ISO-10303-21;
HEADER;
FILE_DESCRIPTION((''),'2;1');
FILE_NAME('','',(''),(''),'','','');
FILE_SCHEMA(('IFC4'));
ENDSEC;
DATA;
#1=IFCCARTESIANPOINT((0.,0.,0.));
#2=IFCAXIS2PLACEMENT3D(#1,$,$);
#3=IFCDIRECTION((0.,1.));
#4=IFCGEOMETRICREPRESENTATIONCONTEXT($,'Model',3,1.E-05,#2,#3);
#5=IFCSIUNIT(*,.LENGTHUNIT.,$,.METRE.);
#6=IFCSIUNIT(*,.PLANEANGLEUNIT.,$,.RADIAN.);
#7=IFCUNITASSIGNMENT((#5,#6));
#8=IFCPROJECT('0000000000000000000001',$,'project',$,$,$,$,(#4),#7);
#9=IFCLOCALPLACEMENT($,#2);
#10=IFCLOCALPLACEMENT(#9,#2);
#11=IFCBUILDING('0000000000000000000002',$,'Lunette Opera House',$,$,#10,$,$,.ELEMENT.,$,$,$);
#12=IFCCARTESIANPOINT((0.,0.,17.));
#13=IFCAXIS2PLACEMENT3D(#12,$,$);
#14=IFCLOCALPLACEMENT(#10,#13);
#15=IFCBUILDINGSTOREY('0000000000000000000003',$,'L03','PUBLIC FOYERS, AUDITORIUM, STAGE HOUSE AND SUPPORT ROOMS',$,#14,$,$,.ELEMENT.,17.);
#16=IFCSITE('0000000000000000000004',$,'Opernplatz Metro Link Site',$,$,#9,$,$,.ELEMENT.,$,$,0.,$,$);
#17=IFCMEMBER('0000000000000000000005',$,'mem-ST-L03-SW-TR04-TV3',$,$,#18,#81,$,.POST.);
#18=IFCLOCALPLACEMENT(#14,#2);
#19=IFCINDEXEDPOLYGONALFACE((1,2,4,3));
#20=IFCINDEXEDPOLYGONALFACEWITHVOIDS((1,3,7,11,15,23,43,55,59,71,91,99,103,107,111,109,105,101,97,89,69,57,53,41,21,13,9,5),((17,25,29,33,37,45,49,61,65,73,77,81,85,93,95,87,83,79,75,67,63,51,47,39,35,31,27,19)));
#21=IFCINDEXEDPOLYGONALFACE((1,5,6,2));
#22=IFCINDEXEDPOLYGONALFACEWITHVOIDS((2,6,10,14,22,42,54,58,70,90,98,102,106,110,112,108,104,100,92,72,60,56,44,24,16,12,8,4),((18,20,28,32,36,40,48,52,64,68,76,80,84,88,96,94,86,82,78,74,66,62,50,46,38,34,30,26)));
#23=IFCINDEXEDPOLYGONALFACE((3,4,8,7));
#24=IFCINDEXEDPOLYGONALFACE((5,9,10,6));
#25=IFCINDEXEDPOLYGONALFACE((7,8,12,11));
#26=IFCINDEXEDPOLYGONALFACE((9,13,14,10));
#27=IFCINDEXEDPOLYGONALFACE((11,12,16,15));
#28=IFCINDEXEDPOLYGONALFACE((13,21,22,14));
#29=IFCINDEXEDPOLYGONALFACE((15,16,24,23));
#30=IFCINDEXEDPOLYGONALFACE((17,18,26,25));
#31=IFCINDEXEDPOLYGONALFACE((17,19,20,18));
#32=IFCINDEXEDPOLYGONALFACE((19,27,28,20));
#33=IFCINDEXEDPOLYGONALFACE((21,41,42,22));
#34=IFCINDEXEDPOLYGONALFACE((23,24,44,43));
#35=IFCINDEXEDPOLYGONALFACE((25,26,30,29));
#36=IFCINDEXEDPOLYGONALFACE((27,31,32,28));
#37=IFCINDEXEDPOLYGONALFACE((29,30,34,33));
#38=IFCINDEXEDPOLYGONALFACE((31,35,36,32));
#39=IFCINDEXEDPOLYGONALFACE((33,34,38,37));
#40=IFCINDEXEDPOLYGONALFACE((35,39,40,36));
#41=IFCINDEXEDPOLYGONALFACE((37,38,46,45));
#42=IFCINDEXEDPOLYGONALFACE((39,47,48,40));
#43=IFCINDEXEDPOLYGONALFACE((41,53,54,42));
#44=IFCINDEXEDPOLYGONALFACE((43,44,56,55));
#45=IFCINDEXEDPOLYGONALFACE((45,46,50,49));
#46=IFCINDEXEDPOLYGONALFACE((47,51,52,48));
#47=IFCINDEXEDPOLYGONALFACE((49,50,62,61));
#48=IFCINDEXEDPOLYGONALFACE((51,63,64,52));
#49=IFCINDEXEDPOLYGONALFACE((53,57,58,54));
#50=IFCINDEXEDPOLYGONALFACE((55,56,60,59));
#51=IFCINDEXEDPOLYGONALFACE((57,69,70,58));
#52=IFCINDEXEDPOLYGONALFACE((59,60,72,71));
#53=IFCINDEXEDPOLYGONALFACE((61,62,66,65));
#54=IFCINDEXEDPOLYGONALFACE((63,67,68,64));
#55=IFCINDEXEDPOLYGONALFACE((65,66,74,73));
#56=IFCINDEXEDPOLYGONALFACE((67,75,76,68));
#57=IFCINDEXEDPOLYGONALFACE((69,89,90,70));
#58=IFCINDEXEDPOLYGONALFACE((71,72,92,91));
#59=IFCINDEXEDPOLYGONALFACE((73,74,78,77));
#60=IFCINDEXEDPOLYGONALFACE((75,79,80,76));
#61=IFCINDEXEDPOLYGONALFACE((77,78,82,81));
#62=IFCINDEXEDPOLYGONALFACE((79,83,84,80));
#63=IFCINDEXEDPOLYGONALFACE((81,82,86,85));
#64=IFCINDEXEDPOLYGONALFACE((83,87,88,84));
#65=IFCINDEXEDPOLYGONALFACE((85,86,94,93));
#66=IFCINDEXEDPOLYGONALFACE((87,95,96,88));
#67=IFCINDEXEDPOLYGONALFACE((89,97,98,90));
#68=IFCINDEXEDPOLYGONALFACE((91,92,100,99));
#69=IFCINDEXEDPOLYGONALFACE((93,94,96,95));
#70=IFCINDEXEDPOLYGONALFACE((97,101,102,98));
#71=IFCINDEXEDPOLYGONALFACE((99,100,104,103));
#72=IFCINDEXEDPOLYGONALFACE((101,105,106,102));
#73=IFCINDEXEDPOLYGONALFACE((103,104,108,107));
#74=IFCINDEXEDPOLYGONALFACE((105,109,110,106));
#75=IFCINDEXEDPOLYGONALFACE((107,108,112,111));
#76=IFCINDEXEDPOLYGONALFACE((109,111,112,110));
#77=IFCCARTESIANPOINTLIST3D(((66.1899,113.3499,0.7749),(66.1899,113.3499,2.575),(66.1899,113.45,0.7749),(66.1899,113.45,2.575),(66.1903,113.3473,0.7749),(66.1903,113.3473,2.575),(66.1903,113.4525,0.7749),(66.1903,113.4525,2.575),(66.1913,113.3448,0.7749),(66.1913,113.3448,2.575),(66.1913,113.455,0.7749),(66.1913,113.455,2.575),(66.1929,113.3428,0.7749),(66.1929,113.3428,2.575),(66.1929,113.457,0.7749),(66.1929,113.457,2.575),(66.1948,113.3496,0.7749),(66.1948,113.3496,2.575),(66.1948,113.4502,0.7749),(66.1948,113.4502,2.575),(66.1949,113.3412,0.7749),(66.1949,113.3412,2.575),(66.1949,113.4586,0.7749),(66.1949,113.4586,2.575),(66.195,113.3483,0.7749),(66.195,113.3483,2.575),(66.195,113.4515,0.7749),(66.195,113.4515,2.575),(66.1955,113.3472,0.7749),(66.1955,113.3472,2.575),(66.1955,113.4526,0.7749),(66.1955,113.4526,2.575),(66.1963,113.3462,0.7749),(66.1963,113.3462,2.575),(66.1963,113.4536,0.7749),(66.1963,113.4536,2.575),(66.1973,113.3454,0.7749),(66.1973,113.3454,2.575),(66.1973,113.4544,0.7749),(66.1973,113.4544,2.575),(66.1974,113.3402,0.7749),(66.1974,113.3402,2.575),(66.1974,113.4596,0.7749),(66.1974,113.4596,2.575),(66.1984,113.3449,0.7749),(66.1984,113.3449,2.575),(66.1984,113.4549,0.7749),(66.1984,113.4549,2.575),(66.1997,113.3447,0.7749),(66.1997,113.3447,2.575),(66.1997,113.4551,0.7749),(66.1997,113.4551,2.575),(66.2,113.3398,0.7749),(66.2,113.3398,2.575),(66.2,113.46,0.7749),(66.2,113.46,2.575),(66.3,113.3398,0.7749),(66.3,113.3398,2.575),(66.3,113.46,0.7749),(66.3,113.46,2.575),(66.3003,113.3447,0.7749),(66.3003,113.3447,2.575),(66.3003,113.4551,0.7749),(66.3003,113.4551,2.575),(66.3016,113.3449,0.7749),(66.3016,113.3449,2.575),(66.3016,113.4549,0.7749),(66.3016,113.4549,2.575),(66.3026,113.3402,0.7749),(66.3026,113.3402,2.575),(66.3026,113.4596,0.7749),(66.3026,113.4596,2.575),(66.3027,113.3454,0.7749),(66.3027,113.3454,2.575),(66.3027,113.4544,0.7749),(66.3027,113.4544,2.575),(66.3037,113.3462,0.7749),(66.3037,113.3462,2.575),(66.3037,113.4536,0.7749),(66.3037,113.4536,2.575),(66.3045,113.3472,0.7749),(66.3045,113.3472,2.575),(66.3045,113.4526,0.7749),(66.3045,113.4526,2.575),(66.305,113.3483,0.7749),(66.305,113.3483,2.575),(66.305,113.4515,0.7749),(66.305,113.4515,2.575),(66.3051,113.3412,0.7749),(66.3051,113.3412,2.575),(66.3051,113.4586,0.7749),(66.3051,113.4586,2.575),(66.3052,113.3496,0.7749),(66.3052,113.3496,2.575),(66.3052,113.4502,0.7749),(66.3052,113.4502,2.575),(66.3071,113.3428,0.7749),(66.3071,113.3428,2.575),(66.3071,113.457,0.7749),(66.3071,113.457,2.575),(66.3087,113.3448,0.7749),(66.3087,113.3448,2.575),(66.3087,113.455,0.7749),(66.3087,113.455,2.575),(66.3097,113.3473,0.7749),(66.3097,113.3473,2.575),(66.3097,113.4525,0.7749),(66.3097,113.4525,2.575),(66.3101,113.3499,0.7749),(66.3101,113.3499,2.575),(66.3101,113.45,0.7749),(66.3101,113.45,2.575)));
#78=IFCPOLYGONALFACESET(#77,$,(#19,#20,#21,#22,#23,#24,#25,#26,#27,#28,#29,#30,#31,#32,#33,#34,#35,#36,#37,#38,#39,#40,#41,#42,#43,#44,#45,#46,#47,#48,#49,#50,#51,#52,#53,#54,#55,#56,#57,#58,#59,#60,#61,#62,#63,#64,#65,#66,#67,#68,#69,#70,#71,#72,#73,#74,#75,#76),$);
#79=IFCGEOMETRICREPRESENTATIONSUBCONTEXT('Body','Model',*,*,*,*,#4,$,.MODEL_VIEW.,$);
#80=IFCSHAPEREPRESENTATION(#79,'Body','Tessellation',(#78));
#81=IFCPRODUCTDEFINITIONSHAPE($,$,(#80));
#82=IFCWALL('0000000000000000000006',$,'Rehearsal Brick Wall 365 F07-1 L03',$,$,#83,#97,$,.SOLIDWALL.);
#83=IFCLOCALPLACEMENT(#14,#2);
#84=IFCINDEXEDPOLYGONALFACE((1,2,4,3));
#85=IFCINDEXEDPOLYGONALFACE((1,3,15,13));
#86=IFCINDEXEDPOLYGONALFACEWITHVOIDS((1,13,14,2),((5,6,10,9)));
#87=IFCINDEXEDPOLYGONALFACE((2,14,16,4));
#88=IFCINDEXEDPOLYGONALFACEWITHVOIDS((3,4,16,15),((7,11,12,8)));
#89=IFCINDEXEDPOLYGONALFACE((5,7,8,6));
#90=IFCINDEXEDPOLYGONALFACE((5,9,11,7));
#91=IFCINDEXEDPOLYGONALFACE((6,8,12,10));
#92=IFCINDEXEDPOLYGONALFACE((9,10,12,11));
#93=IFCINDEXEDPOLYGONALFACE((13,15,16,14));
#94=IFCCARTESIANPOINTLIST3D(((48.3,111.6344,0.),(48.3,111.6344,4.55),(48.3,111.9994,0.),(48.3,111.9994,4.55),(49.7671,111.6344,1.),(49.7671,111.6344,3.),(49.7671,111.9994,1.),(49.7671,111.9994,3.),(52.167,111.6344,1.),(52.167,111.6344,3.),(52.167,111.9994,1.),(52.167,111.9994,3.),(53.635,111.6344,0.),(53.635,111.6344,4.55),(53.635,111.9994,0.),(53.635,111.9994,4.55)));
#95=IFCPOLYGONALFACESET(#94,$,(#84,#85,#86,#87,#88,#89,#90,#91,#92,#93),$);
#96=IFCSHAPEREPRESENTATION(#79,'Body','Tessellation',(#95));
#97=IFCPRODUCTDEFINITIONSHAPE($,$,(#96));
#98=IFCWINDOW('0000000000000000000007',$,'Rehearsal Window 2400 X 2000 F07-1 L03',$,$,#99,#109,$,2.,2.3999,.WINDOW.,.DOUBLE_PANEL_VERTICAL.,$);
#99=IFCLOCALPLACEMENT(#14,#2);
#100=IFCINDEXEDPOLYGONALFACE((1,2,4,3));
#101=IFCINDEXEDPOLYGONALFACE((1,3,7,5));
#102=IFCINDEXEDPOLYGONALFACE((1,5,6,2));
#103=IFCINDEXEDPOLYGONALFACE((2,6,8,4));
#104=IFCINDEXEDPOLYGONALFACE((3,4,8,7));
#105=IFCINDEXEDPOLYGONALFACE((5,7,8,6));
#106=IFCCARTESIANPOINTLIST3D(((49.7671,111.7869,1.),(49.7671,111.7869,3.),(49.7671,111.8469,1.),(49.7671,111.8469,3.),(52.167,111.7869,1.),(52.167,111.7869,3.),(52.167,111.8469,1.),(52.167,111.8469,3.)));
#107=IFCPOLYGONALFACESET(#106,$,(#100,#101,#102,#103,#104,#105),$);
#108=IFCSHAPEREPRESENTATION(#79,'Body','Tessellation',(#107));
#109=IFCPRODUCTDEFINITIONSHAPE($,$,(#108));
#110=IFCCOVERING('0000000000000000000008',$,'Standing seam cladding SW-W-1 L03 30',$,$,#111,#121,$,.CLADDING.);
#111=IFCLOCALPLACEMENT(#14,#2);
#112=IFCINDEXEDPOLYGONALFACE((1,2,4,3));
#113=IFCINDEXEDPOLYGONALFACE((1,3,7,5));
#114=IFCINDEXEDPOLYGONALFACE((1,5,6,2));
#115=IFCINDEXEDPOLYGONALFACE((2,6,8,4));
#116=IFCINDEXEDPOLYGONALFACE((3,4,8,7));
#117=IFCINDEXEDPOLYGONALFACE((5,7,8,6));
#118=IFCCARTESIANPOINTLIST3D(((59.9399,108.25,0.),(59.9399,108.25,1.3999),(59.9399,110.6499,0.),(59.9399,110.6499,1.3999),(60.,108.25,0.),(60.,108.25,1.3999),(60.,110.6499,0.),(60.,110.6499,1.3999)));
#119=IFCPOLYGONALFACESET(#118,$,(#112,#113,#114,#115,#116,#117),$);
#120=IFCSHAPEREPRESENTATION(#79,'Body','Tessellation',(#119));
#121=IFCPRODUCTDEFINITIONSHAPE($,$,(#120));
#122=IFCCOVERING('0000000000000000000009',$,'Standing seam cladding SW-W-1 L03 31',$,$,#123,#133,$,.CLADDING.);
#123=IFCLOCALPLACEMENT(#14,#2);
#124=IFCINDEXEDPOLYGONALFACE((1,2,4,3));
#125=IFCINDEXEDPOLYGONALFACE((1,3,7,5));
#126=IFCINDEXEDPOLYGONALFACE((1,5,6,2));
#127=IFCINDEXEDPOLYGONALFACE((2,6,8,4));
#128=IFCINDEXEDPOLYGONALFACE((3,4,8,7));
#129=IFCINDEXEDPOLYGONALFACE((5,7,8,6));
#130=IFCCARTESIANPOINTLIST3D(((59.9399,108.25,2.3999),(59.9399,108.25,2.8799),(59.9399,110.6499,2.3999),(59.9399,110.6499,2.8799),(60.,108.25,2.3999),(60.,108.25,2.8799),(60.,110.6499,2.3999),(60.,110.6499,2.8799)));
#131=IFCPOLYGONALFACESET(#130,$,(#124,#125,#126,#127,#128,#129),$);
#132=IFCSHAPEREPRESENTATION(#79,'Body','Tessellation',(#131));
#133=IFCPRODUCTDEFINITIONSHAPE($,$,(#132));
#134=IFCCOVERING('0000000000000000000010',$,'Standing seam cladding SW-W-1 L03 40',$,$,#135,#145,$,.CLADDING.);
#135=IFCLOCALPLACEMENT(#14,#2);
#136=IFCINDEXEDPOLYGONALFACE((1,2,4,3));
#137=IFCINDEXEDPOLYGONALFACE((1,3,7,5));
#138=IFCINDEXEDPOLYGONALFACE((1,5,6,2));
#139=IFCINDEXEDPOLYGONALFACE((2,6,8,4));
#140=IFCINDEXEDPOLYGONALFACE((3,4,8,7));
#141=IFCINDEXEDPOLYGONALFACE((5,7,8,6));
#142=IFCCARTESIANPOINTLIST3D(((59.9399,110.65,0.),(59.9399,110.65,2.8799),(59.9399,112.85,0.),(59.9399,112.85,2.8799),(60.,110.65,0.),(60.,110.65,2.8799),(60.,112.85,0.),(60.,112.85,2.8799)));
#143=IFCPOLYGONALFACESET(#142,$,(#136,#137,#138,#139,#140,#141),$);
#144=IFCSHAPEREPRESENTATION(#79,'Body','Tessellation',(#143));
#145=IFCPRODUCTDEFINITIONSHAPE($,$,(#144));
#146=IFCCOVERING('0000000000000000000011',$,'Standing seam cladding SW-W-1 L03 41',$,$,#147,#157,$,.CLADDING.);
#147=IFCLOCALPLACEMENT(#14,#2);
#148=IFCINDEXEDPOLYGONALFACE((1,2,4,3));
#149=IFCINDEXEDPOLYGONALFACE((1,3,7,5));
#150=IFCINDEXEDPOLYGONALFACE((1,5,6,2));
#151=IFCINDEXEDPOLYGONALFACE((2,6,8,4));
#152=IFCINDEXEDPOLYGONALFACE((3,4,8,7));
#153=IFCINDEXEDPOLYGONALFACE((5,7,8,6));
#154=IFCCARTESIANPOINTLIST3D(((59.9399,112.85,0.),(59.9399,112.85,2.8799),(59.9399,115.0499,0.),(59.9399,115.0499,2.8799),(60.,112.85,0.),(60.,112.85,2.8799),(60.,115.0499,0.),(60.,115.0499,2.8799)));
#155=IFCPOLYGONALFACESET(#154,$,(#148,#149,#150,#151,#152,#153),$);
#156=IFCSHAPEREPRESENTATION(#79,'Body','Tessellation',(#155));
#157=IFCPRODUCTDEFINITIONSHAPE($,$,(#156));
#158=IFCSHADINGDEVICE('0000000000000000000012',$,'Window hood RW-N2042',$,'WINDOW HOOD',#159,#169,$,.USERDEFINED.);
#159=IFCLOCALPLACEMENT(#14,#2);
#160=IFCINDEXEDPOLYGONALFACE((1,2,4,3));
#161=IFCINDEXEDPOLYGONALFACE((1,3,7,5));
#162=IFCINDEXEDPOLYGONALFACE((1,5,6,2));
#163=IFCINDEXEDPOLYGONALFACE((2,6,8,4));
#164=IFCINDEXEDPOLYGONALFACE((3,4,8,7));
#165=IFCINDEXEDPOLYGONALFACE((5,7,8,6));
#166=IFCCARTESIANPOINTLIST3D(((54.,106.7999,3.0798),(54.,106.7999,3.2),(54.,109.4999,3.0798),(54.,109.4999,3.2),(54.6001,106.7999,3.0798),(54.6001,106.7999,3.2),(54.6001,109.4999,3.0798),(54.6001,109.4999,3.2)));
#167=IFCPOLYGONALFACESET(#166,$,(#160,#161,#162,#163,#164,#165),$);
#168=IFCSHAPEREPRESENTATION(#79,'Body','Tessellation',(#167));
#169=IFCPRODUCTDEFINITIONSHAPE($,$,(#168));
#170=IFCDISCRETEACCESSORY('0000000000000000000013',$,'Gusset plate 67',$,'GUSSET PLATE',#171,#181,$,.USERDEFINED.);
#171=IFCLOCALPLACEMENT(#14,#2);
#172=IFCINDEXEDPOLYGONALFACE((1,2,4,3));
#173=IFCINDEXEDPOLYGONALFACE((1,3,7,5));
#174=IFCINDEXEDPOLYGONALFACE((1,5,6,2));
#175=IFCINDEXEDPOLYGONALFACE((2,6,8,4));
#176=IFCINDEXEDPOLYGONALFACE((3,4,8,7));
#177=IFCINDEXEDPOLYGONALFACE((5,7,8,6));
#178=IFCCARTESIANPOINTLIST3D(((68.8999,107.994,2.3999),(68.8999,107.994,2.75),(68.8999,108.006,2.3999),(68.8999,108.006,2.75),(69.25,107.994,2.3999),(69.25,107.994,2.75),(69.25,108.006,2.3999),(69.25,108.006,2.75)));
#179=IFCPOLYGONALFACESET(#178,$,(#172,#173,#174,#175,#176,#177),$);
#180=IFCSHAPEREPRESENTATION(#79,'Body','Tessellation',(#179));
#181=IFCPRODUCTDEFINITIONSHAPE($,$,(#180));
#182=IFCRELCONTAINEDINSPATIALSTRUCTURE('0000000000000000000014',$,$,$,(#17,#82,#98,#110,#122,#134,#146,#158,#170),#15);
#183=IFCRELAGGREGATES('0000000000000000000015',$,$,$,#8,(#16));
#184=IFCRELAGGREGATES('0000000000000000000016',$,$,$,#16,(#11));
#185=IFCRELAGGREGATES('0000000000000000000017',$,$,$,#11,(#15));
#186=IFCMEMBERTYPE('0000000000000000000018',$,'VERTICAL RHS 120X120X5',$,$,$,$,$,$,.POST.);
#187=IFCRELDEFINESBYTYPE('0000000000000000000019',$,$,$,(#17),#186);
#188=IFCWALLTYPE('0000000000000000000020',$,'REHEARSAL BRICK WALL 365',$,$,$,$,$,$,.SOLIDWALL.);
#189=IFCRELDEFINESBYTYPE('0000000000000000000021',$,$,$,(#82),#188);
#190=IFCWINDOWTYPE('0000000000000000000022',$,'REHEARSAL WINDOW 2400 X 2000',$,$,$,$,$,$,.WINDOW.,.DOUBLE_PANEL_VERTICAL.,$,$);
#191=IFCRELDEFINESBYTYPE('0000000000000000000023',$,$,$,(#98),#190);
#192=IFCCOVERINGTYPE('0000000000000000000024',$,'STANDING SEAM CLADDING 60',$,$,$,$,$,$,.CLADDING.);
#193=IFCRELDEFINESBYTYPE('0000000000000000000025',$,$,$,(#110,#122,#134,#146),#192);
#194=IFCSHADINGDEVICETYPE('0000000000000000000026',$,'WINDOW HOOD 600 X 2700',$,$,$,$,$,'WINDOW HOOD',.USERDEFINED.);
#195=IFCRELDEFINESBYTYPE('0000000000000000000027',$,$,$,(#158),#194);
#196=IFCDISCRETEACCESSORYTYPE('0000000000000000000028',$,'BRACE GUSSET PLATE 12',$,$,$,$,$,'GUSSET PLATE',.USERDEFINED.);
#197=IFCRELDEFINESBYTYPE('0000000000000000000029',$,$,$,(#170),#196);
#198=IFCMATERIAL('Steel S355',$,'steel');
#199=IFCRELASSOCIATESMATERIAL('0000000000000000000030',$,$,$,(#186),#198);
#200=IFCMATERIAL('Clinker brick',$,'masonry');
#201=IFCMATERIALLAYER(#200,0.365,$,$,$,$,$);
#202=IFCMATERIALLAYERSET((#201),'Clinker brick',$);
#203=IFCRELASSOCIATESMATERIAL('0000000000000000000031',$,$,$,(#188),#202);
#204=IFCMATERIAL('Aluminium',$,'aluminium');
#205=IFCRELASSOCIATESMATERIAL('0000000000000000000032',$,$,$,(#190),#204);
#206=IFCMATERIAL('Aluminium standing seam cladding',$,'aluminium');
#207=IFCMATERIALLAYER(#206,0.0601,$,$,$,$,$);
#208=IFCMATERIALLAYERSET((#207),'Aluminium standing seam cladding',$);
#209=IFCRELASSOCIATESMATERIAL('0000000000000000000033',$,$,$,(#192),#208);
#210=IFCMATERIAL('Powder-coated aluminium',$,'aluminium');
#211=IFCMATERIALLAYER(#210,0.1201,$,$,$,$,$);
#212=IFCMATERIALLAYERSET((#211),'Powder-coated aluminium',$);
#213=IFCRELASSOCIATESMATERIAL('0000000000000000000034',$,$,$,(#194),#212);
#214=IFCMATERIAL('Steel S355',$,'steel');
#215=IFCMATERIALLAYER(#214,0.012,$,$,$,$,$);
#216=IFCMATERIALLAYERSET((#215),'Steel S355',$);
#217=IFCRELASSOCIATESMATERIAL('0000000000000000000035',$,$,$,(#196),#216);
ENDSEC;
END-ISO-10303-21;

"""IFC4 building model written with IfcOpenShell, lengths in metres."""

from ifc_helpers import new_model, si_unit, direction, frame, frame_2d, origin, origin_2d, place, context, subcontext, project, spatial, rectangle, hollow_rectangle, extrude, material, layer, layer_set, material_profile, profile_set, type_object, element, fill, save


model = new_model("IFC4")

# Units and contexts
model_context = context("Model", 3, precision=1e-05, world=origin(), true_north=direction((0.0, 1.0)))
body_context = subcontext(model_context, "Body", "Model", "MODEL_VIEW")
ifc_project = project(units=[si_unit("LENGTHUNIT", "METRE"), si_unit("PLANEANGLEUNIT", "RADIAN")], contexts=[model_context])

# Site, building, storey
site_placement = place(None, origin())
site = spatial("IfcSite", under=ifc_project, at=site_placement, Name="Opernplatz Metro Link Site", CompositionType="ELEMENT", RefElevation=0.0)
building_placement = place(site_placement, origin())
building = spatial("IfcBuilding", under=site, at=building_placement, Name="Lunette Opera House", CompositionType="ELEMENT")
storey_placement = place(building_placement, frame((0.0, 0.0, 17.0)))
storey = spatial("IfcBuildingStorey", under=building, at=storey_placement, Name="L03", Description="PUBLIC FOYERS, AUDITORIUM, STAGE HOUSE AND SUPPORT ROOMS", CompositionType="ELEMENT", Elevation=17.0)

# Member
ifc_material_1 = material(Name="Steel S355", Category="steel")
ifc_material_profile_1 = material_profile(ifc_material_1, hollow_rectangle(XDim=0.1201, YDim=0.1201, WallThickness=0.0049, InnerFilletRadius=0.0049, OuterFilletRadius=0.01, at=origin_2d()), Name="RHS 120X120X5")
ifc_profile_set_1 = profile_set([ifc_material_profile_1], Name="Steel S355")
member_type_1 = type_object("IfcMemberType", Name="VERTICAL RHS 120X120X5", PredefinedType="POST", material=ifc_profile_set_1)
for number, where, z_axis, x_axis, name in (
    (1, (66.25, 113.3999, 0.7749), (0.0, 0.0, 1.0), (1.0, 0.0, 0.0), "mem-ST-L03-SW-TR04-TV3"),
):
    element("IfcMember", number, at=place(storey_placement, frame(where, z_axis=z_axis, x_axis=x_axis)), inside=storey, type_object=member_type_1, Name=name, PredefinedType="POST", context=body_context, shape_type="SweptSolid", body=[
        extrude(hollow_rectangle(XDim=0.1201, YDim=0.1201, WallThickness=0.0049, InnerFilletRadius=0.0049, OuterFilletRadius=0.01, at=origin_2d()), origin(), (0.0, 0.0, 1.0), 1.8),
    ])

# Wall, opening, window
ifc_material_2 = material(Name="Clinker brick", Category="masonry")
ifc_layer_1 = layer(ifc_material_2, 0.365)
ifc_layer_set_1 = layer_set([ifc_layer_1], Name="Clinker brick")
wall_type = type_object("IfcWallType", Name="REHEARSAL BRICK WALL 365", PredefinedType="SOLIDWALL", material=ifc_layer_set_1)
wall_placement = place(storey_placement, frame((53.635, 111.8169, 0.0), z_axis=(0.0, 0.0, 1.0), x_axis=(-1.0, 0.0, 0.0)))
wall = element("IfcWall", 2, at=wall_placement, inside=storey, type_object=wall_type, Name="Rehearsal Brick Wall 365 F07-1 L03", PredefinedType="SOLIDWALL", context=body_context, shape_type="SweptSolid", body=[
    extrude(rectangle(XDim=5.335, YDim=0.365, at=frame_2d((2.6675, 0.0))), origin(), (0.0, 0.0, 1.0), 4.55),
])
opening_placement = place(wall_placement, frame((1.468, 0.0, 1.0)))
opening = element("IfcOpeningElement", 3, at=opening_placement, cuts=wall, PredefinedType="OPENING", context=body_context, shape_type="SweptSolid", body=[
    extrude(rectangle(XDim=2.3999, YDim=2.0, at=frame_2d((1.2, 1.0))), frame((0.0, 0.1946, 0.0), z_axis=(0.0, -1.0, 0.0), x_axis=(1.0, 0.0, 0.0)), (0.0, 0.0, 1.0), 0.3889),
])
ifc_material_3 = material(Name="Aluminium", Category="aluminium")
window_type = type_object("IfcWindowType", Name="REHEARSAL WINDOW 2400 X 2000", PartitioningType="DOUBLE_PANEL_VERTICAL", PredefinedType="WINDOW", material=ifc_material_3)
window_placement = place(opening_placement, origin())
window = element("IfcWindow", 4, at=window_placement, inside=storey, type_object=window_type, Name="Rehearsal Window 2400 X 2000 F07-1 L03", OverallHeight=2.0, OverallWidth=2.3999, PartitioningType="DOUBLE_PANEL_VERTICAL", PredefinedType="WINDOW", context=body_context, shape_type="SweptSolid", body=[
    extrude(rectangle(XDim=2.3999, YDim=2.0, at=frame_2d((1.2, 1.0))), frame((0.0, 0.03, 0.0), z_axis=(0.0, -1.0, 0.0), x_axis=(1.0, 0.0, 0.0)), (0.0, 0.0, 1.0), 0.0601),
])
fill(opening, window)

# Coverings
ifc_material_4 = material(Name="Aluminium standing seam cladding", Category="aluminium")
ifc_layer_2 = layer(ifc_material_4, 0.0601)
ifc_layer_set_2 = layer_set([ifc_layer_2], Name="Aluminium standing seam cladding")
covering_type = type_object("IfcCoveringType", Name="STANDING SEAM CLADDING 60", PredefinedType="CLADDING", material=ifc_layer_set_2)
covering_1_placement = place(storey_placement, frame((59.97, 109.45, 0.0), z_axis=(0.0, 0.0, 1.0), x_axis=(0.0, 1.0, 0.0)))
element("IfcCovering", 5, at=covering_1_placement, inside=storey, type_object=covering_type, Name="Standing seam cladding SW-W-1 L03 30", PredefinedType="CLADDING", context=body_context, shape_type="SweptSolid", body=[
    extrude(rectangle(XDim=2.3999, YDim=0.0601, at=origin_2d()), origin(), (0.0, 0.0, 1.0), 1.3999),
])
covering_2_placement = place(storey_placement, frame((59.97, 109.45, 2.3999), z_axis=(0.0, 0.0, 1.0), x_axis=(0.0, 1.0, 0.0)))
element("IfcCovering", 6, at=covering_2_placement, inside=storey, type_object=covering_type, Name="Standing seam cladding SW-W-1 L03 31", PredefinedType="CLADDING", context=body_context, shape_type="SweptSolid", body=[
    extrude(rectangle(XDim=2.3999, YDim=0.0601, at=origin_2d()), origin(), (0.0, 0.0, 1.0), 0.48),
])
for number, where, z_axis, x_axis, name in (
    (7, (59.97, 111.75, 0.0), (0.0, 0.0, 1.0), (0.0, 1.0, 0.0), "Standing seam cladding SW-W-1 L03 40"),
    (8, (59.97, 113.95, 0.0), (0.0, 0.0, 1.0), (0.0, 1.0, 0.0), "Standing seam cladding SW-W-1 L03 41"),
):
    element("IfcCovering", number, at=place(storey_placement, frame(where, z_axis=z_axis, x_axis=x_axis)), inside=storey, type_object=covering_type, Name=name, PredefinedType="CLADDING", context=body_context, shape_type="SweptSolid", body=[
        extrude(rectangle(XDim=2.2, YDim=0.0601, at=origin_2d()), origin(), (0.0, 0.0, 1.0), 2.8799),
    ])

# Shading device
ifc_material_5 = material(Name="Powder-coated aluminium", Category="aluminium")
ifc_layer_3 = layer(ifc_material_5, 0.1201)
ifc_layer_set_3 = layer_set([ifc_layer_3], Name="Powder-coated aluminium")
shading_device_type = type_object("IfcShadingDeviceType", Name="WINDOW HOOD 600 X 2700", ElementType="WINDOW HOOD", PredefinedType="USERDEFINED", material=ifc_layer_set_3)
shading_device_placement = place(storey_placement, frame((54.3, 108.1499, 3.0798), z_axis=(0.0, 0.0, 1.0), x_axis=(1.0, 0.0, 0.0)))
element("IfcShadingDevice", 9, at=shading_device_placement, inside=storey, type_object=shading_device_type, Name="Window hood RW-N2042", ObjectType="WINDOW HOOD", PredefinedType="USERDEFINED", context=body_context, shape_type="SweptSolid", body=[
    extrude(rectangle(XDim=0.6001, YDim=2.7, at=origin_2d()), origin(), (0.0, 0.0, 1.0), 0.1201),
])

# Discrete accessory
ifc_material_6 = material(Name="Steel S355", Category="steel")
ifc_layer_4 = layer(ifc_material_6, 0.012)
ifc_layer_set_4 = layer_set([ifc_layer_4], Name="Steel S355")
discrete_accessory_type = type_object("IfcDiscreteAccessoryType", Name="BRACE GUSSET PLATE 12", ElementType="GUSSET PLATE", PredefinedType="USERDEFINED", material=ifc_layer_set_4)
for number, where, z_axis, x_axis, name in (
    (10, (69.075, 108.0, 2.3999), (0.0, 0.0, 1.0), (1.0, 0.0, 0.0), "Gusset plate 67"),
):
    element("IfcDiscreteAccessory", number, at=place(storey_placement, frame(where, z_axis=z_axis, x_axis=x_axis)), inside=storey, type_object=discrete_accessory_type, Name=name, ObjectType="GUSSET PLATE", PredefinedType="USERDEFINED", context=body_context, shape_type="SweptSolid", body=[
        extrude(rectangle(XDim=0.3501, YDim=0.012, at=origin_2d()), origin(), (0.0, 0.0, 1.0), 0.3501),
    ])

save(model, "model.ifc")
